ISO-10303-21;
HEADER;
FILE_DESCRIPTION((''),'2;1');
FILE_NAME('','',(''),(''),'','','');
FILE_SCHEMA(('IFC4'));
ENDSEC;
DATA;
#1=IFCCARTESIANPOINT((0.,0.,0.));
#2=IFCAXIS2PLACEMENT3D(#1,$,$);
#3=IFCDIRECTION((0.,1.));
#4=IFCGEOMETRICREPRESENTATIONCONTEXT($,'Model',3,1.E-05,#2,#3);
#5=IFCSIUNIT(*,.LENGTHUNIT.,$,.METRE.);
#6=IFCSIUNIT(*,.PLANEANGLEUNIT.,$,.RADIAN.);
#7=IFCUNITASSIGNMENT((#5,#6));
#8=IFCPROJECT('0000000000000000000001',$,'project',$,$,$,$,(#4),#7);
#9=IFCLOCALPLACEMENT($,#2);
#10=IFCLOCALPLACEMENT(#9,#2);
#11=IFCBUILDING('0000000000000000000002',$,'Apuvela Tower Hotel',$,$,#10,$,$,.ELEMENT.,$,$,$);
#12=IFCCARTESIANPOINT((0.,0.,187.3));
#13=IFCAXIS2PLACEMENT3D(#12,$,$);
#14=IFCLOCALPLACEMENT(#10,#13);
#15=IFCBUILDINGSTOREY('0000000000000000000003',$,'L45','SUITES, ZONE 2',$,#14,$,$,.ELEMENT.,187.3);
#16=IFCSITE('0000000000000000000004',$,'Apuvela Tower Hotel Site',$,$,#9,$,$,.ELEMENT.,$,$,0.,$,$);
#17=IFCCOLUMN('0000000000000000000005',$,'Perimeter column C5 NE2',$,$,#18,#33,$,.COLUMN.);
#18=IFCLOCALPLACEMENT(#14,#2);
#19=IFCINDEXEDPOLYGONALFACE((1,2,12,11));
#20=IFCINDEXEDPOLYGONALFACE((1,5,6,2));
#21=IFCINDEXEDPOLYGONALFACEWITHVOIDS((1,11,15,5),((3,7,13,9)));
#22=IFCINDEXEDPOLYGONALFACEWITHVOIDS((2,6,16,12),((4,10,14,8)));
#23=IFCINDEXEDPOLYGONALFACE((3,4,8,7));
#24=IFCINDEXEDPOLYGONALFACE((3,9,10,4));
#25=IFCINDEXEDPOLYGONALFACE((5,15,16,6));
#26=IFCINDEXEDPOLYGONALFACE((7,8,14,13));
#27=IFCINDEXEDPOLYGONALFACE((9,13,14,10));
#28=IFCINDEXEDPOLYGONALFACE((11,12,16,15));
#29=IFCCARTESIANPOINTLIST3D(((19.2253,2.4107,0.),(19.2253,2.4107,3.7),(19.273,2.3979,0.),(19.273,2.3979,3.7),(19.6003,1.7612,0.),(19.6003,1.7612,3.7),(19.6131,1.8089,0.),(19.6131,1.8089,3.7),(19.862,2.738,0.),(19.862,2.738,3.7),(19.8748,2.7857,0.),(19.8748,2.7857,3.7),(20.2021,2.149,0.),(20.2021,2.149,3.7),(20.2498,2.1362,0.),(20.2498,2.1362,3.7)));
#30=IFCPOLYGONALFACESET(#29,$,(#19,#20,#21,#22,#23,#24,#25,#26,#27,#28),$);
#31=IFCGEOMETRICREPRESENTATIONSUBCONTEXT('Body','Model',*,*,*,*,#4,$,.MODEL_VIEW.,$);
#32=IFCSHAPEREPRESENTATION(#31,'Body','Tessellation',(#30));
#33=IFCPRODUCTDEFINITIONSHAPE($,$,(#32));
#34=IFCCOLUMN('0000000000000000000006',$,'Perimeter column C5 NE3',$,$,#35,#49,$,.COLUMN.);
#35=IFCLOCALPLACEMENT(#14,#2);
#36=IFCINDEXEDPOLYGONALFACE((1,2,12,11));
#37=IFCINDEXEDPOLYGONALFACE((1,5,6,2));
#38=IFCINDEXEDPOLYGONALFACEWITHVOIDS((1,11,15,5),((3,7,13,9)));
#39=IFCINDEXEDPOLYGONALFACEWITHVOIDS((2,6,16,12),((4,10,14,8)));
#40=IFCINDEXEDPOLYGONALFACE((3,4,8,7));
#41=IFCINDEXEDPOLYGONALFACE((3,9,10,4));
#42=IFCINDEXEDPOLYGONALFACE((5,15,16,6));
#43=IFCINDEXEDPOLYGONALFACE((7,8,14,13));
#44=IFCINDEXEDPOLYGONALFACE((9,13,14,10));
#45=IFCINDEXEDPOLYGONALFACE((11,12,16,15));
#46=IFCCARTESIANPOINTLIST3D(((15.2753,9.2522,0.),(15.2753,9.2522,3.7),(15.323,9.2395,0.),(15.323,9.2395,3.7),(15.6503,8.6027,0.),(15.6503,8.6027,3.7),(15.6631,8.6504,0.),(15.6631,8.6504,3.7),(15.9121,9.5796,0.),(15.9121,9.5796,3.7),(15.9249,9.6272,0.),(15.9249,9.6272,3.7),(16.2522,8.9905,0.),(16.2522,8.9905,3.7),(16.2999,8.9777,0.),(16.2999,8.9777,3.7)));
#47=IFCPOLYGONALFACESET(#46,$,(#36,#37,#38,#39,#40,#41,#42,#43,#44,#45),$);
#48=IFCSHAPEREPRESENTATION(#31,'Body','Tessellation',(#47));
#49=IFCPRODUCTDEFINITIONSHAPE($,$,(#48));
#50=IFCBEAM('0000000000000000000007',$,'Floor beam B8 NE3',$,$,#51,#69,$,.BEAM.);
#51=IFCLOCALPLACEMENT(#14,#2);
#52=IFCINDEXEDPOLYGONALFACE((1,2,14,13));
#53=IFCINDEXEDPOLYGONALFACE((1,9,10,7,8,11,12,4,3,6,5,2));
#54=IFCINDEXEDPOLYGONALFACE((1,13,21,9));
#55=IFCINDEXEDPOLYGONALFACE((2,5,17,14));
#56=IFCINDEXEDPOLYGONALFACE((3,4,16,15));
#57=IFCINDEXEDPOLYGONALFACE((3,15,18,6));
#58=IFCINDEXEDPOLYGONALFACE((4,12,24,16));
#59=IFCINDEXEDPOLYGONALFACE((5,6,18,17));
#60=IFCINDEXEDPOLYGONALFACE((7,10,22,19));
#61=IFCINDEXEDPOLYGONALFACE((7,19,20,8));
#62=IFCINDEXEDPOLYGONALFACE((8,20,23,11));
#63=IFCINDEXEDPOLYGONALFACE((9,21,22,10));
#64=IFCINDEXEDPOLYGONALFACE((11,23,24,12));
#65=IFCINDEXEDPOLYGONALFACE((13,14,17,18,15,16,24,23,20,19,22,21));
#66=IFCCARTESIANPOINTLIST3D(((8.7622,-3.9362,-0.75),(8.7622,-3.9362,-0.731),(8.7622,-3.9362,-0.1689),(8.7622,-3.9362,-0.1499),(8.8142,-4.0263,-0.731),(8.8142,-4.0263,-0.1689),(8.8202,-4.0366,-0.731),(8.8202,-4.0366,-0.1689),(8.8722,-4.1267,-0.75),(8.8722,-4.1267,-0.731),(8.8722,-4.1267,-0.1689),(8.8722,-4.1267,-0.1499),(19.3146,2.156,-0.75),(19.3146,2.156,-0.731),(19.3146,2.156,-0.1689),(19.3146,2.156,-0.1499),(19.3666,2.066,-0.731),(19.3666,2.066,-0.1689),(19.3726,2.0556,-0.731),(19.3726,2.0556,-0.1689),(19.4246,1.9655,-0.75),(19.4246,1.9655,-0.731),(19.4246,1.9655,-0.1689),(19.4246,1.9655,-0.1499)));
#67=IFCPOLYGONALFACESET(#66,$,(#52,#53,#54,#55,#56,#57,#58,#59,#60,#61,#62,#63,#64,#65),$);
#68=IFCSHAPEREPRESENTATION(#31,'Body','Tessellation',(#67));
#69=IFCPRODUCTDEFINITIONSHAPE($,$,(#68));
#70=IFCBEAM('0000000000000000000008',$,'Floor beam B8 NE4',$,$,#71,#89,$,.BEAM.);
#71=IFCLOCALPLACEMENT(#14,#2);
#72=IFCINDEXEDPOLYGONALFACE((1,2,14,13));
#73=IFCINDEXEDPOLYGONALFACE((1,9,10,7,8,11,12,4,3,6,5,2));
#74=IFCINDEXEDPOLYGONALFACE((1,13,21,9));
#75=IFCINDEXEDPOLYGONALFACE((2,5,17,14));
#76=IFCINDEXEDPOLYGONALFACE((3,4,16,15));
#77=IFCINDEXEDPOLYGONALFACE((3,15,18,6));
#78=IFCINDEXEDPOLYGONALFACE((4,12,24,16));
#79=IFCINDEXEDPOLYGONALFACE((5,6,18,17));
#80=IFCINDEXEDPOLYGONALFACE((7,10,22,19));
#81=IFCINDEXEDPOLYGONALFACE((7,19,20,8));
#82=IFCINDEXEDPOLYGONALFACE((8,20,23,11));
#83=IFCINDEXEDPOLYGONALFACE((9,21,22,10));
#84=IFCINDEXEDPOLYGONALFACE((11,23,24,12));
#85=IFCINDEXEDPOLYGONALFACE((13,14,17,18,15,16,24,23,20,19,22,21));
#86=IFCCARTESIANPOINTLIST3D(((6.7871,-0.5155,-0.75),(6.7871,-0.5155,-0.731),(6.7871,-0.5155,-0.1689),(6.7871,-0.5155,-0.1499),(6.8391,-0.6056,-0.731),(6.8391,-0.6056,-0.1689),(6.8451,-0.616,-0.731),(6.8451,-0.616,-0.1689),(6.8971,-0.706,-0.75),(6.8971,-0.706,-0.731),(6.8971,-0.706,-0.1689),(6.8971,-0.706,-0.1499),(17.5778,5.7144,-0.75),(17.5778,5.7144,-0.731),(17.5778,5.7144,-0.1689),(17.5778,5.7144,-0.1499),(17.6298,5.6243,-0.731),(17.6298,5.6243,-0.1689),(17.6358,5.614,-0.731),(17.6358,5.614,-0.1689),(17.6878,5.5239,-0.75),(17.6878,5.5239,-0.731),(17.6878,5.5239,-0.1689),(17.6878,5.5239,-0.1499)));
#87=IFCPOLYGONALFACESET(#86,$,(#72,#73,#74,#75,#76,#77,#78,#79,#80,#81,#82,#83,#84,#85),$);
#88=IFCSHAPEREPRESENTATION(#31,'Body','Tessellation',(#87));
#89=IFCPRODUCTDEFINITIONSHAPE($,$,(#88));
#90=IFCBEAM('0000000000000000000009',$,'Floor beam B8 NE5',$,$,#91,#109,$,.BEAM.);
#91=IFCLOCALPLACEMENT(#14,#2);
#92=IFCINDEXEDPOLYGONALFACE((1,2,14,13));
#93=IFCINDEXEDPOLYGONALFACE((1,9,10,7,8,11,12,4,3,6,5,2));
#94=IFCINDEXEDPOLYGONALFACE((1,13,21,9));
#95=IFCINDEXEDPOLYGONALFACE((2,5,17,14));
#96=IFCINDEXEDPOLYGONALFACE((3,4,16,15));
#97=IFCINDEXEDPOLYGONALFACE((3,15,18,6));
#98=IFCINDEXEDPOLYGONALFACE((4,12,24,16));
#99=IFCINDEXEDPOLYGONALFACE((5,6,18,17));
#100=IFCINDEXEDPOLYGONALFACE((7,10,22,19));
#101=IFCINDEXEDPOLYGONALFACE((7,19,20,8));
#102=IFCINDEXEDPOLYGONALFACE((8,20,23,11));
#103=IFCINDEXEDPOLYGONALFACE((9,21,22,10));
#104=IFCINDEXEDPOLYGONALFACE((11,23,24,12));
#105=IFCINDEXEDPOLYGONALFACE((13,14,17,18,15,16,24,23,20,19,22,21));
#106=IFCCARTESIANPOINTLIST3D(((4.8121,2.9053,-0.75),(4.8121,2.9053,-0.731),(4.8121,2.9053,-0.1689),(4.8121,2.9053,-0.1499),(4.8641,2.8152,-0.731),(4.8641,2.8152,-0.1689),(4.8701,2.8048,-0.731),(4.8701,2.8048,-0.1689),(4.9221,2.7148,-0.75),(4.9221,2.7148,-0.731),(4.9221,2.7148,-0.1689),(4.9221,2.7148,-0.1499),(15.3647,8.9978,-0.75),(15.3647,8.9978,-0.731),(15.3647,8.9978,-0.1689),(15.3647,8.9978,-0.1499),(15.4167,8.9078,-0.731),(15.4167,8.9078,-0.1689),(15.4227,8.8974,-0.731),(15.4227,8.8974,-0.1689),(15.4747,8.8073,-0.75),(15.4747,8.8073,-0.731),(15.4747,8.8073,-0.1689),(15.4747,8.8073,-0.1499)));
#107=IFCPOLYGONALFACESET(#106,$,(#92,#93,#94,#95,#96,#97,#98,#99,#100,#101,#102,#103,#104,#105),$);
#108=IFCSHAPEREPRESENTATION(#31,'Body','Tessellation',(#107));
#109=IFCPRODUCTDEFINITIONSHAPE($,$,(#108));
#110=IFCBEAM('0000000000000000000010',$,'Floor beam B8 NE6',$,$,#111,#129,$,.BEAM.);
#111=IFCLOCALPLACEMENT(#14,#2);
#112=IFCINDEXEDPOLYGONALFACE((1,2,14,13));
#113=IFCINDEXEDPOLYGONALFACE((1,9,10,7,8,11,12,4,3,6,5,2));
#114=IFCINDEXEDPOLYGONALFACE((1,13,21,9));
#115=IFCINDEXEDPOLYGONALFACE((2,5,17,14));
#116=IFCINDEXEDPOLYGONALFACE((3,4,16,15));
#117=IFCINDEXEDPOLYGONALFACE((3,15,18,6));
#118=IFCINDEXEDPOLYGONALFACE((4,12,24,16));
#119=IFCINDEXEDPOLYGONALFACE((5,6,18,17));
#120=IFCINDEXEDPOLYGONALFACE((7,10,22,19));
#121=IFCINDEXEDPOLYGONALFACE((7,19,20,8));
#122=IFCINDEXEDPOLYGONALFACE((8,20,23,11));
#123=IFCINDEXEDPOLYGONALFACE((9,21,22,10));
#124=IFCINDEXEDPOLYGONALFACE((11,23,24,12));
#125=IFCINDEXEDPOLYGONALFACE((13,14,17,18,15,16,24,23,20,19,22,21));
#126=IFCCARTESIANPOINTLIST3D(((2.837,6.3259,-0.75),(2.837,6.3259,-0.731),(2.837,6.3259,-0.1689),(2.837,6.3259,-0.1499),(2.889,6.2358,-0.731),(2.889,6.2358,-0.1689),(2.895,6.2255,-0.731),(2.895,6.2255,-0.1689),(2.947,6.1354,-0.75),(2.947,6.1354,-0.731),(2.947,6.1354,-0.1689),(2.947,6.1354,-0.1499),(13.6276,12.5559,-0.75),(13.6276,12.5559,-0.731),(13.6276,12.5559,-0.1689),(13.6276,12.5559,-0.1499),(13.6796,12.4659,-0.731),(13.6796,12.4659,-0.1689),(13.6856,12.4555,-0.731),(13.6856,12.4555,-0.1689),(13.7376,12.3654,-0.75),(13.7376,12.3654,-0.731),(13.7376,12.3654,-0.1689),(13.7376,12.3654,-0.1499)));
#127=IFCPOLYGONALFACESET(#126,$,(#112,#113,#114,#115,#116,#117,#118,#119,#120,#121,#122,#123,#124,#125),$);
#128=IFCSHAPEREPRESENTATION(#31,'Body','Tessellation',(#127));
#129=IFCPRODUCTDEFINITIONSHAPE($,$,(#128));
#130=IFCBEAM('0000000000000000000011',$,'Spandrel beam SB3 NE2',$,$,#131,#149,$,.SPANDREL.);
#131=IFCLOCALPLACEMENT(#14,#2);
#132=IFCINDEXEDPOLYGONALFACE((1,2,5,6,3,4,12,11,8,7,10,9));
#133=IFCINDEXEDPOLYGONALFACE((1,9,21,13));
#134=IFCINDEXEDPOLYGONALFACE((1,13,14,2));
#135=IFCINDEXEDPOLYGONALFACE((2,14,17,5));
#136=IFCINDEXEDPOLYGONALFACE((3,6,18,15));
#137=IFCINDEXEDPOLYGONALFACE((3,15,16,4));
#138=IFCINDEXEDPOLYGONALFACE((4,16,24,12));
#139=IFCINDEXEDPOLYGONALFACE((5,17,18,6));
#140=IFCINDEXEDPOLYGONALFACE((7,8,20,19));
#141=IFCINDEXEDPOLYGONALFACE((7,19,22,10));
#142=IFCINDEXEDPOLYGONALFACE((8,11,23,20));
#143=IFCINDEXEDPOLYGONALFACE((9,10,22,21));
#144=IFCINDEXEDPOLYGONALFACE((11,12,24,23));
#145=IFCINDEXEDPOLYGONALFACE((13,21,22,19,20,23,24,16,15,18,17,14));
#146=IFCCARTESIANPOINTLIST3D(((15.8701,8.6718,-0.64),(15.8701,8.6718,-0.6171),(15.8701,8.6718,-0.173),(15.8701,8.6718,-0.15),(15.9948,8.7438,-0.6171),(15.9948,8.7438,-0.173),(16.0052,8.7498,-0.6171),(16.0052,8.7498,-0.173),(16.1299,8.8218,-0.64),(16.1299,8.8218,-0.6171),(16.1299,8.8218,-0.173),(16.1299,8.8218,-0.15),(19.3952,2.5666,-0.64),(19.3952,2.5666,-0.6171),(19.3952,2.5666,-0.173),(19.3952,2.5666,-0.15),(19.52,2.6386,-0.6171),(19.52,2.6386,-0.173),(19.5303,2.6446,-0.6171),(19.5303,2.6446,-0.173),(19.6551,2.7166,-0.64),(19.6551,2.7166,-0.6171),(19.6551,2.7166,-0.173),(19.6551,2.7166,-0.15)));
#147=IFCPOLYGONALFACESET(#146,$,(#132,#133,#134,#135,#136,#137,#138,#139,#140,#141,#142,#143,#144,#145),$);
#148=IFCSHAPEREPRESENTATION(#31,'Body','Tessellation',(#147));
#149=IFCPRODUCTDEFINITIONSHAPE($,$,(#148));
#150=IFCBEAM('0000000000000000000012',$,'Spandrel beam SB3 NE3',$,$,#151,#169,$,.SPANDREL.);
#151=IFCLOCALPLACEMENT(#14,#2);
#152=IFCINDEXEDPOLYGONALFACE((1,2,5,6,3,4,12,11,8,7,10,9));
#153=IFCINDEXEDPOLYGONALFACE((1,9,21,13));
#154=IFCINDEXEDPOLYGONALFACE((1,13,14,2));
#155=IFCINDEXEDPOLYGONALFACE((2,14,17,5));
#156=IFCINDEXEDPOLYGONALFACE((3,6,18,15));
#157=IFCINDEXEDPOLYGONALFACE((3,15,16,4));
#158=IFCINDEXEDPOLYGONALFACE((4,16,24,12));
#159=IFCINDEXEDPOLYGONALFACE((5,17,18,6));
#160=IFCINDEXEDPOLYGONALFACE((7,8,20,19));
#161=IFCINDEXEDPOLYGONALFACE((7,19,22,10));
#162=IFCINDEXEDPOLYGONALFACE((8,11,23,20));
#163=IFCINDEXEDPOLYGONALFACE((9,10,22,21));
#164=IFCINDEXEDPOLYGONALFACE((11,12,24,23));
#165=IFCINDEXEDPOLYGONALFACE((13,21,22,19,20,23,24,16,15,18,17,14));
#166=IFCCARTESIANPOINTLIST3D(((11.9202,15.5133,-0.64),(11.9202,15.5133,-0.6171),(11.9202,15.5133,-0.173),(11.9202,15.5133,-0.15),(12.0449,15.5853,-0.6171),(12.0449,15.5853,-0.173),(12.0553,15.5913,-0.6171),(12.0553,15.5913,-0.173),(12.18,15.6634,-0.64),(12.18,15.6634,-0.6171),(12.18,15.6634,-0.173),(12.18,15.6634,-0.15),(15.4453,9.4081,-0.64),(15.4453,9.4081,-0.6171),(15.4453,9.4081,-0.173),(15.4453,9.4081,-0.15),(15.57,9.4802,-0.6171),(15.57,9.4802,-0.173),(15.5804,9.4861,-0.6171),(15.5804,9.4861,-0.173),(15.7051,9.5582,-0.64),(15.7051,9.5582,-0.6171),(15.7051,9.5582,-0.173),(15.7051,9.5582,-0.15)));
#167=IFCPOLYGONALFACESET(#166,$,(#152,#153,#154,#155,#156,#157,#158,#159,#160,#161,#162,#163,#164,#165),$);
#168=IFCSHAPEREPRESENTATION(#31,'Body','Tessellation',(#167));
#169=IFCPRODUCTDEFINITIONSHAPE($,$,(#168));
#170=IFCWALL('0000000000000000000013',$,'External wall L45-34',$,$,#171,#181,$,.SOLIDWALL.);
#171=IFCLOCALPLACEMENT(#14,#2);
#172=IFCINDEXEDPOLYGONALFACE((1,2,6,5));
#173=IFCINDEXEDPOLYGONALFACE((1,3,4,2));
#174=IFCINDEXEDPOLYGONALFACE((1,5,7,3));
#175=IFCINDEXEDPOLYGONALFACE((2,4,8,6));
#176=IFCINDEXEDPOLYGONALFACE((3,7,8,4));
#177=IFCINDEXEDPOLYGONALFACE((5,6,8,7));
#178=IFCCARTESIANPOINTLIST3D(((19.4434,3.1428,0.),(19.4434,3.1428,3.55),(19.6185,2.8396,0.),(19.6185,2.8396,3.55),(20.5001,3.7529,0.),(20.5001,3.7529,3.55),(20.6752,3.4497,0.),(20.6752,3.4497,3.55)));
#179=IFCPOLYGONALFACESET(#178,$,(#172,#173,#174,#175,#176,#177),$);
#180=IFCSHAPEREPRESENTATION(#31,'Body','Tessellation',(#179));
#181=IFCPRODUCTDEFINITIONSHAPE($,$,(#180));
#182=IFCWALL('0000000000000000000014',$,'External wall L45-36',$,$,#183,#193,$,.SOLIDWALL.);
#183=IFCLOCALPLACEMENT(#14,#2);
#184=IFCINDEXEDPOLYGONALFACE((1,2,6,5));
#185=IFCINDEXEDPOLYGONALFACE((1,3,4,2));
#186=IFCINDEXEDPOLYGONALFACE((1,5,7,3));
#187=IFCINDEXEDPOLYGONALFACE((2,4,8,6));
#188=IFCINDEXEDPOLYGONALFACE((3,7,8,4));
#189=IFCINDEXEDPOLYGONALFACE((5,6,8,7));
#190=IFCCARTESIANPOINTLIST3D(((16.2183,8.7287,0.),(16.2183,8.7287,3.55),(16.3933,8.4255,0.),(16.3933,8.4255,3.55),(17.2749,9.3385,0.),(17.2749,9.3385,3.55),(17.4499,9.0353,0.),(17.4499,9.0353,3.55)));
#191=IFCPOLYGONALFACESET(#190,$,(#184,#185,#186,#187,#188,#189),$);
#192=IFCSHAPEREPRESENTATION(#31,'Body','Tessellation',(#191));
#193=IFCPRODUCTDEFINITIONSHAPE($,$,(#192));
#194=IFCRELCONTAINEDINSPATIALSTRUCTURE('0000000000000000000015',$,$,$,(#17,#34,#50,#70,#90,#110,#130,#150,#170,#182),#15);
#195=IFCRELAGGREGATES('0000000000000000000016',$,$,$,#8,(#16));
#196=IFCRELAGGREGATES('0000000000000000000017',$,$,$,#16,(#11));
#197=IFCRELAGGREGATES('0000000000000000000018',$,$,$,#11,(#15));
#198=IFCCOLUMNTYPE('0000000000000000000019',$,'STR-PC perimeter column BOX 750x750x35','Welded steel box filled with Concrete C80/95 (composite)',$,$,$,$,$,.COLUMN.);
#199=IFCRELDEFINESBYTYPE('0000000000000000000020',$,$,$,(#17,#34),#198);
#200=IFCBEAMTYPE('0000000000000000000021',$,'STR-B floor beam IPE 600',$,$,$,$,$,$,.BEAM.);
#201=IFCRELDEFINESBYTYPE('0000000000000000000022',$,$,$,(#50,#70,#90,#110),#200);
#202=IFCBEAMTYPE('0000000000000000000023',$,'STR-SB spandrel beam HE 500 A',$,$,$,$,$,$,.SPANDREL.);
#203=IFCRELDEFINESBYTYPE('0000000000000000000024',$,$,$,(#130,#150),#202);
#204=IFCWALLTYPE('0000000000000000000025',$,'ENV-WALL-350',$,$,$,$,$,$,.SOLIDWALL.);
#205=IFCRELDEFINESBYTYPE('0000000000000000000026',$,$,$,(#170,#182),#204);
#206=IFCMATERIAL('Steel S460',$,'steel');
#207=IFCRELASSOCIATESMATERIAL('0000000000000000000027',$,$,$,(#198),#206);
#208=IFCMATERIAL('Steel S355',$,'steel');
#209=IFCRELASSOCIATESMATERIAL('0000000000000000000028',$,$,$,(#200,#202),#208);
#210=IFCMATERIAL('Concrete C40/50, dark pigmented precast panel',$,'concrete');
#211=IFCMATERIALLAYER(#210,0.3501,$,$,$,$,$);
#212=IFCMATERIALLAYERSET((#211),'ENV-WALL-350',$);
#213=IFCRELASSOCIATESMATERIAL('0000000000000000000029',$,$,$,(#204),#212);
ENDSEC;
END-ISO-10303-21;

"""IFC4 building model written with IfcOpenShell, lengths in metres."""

from ifc_helpers import new_model, si_unit, direction, frame, frame_2d, origin, origin_2d, place, context, subcontext, project, spatial, rectangle, hollow_rectangle, i_section, extrude, material, layer, layer_set, material_profile, profile_set, type_object, element, save


model = new_model("IFC4")

# Units and contexts
model_context = context("Model", 3, precision=1e-05, world=origin(), true_north=direction((0.0, 1.0)))
body_context = subcontext(model_context, "Body", "Model", "MODEL_VIEW")
ifc_project = project(units=[si_unit("LENGTHUNIT", "METRE"), si_unit("PLANEANGLEUNIT", "RADIAN")], contexts=[model_context])

# Site, building, storey
site_placement = place(None, origin())
site = spatial("IfcSite", under=ifc_project, at=site_placement, Name="Apuvela Tower Hotel Site", CompositionType="ELEMENT", RefElevation=0.0)
building_placement = place(site_placement, origin())
building = spatial("IfcBuilding", under=site, at=building_placement, Name="Apuvela Tower Hotel", CompositionType="ELEMENT")
storey_placement = place(building_placement, frame((0.0, 0.0, 187.3)))
storey = spatial("IfcBuildingStorey", under=building, at=storey_placement, Name="L45", Description="SUITES, ZONE 2", CompositionType="ELEMENT", Elevation=187.3)

# Columns
ifc_material_1 = material(Name="Steel S460", Category="steel")
ifc_material_profile_1 = material_profile(ifc_material_1, hollow_rectangle(XDim=0.75, YDim=0.75, WallThickness=0.0349, at=origin_2d()), Name="BOX 750x750x35")
ifc_material_2 = material(Name="Concrete C80/95", Category="concrete")
ifc_material_profile_2 = material_profile(ifc_material_2, rectangle(XDim=0.6799, YDim=0.6799, at=origin_2d()), Name="Concrete C80/95 infill")
ifc_profile_set_1 = profile_set([ifc_material_profile_1, ifc_material_profile_2], Name="Steel S460")
column_type = type_object("IfcColumnType", Name="STR-PC perimeter column BOX 750x750x35", Description="Welded steel box filled with Concrete C80/95 (composite)", PredefinedType="COLUMN", material=ifc_profile_set_1)
for number, where, z_axis, x_axis, name in (
    (1, (19.7375, 2.2734, 0.0), (0.0, 0.0, 1.0), (-0.5, 0.866025, 0.0), "Perimeter column C5 NE2"),
    (2, (15.7876, 9.115, 0.0), (0.0, 0.0, 1.0), (-0.5, 0.866025, 0.0), "Perimeter column C5 NE3"),
):
    element("IfcColumn", number, at=place(storey_placement, frame(where, z_axis=z_axis, x_axis=x_axis)), inside=storey, type_object=column_type, Name=name, PredefinedType="COLUMN", context=body_context, shape_type="SweptSolid", body=[
        extrude(hollow_rectangle(XDim=0.75, YDim=0.75, WallThickness=0.0349, at=origin_2d()), origin(), (0.0, 0.0, 1.0), 3.7),
    ])

# Beams
ifc_material_3 = material(Name="Steel S355", Category="steel")
ifc_material_profile_3 = material_profile(ifc_material_3, i_section(OverallWidth=0.22, OverallDepth=0.6001, WebThickness=0.012, FlangeThickness=0.019, at=origin_2d()), Name="IPE 600")
ifc_profile_set_2 = profile_set([ifc_material_profile_3], Name="Steel S355")
beam_type_1 = type_object("IfcBeamType", Name="STR-B floor beam IPE 600", PredefinedType="BEAM", material=ifc_profile_set_2)
beam_1_placement = place(storey_placement, frame((19.3696, 2.0608, -0.45), z_axis=(-0.866032, -0.499988, 0.0), x_axis=(0.499988, -0.866032, 0.0)))
element("IfcBeam", 3, at=beam_1_placement, inside=storey, type_object=beam_type_1, Name="Floor beam B8 NE3", PredefinedType="BEAM", context=body_context, shape_type="SweptSolid", body=[
    extrude(i_section(OverallWidth=0.22, OverallDepth=0.6001, WebThickness=0.012, FlangeThickness=0.019, at=origin_2d()), origin(), (0.0, 0.0, 1.0), 12.1848),
])
beam_2_placement = place(storey_placement, frame((17.6328, 5.6191, -0.45), z_axis=(-0.866028, -0.499996, 0.0), x_axis=(0.499996, -0.866028, 0.0)))
element("IfcBeam", 4, at=beam_2_placement, inside=storey, type_object=beam_type_1, Name="Floor beam B8 NE4", PredefinedType="BEAM", context=body_context, shape_type="SweptSolid", body=[
    extrude(i_section(OverallWidth=0.22, OverallDepth=0.6001, WebThickness=0.012, FlangeThickness=0.019, at=origin_2d()), origin(), (0.0, 0.0, 1.0), 12.46),
])
beam_3_placement = place(storey_placement, frame((15.4197, 8.9026, -0.45), z_axis=(-0.866024, -0.500003, 0.0), x_axis=(0.500003, -0.866024, 0.0)))
element("IfcBeam", 5, at=beam_3_placement, inside=storey, type_object=beam_type_1, Name="Floor beam B8 NE5", PredefinedType="BEAM", context=body_context, shape_type="SweptSolid", body=[
    extrude(i_section(OverallWidth=0.22, OverallDepth=0.6001, WebThickness=0.012, FlangeThickness=0.019, at=origin_2d()), origin(), (0.0, 0.0, 1.0), 12.1851),
])
beam_4_placement = place(storey_placement, frame((13.6826, 12.4607, -0.45), z_axis=(-0.866023, -0.500004, 0.0), x_axis=(0.500004, -0.866023, 0.0)))
element("IfcBeam", 6, at=beam_4_placement, inside=storey, type_object=beam_type_1, Name="Floor beam B8 NE6", PredefinedType="BEAM", context=body_context, shape_type="SweptSolid", body=[
    extrude(i_section(OverallWidth=0.22, OverallDepth=0.6001, WebThickness=0.012, FlangeThickness=0.019, at=origin_2d()), origin(), (0.0, 0.0, 1.0), 12.46),
])
ifc_material_profile_4 = material_profile(ifc_material_3, i_section(OverallWidth=0.3, OverallDepth=0.49, WebThickness=0.012, FlangeThickness=0.0229, at=origin_2d()), Name="HE 500 A")
ifc_profile_set_3 = profile_set([ifc_material_profile_4], Name="Steel S355")
beam_type_2 = type_object("IfcBeamType", Name="STR-SB spandrel beam HE 500 A", PredefinedType="SPANDREL", material=ifc_profile_set_3)
for number, where, z_axis, x_axis, name in (
    (7, (19.5251, 2.6416, -0.395), (-0.500031, 0.866007, 0.0), (-0.866007, -0.500031, 0.0), "Spandrel beam SB3 NE2"),
    (8, (15.5752, 9.4832, -0.395), (-0.500031, 0.866007, 0.0), (-0.866007, -0.500031, 0.0), "Spandrel beam SB3 NE3"),
):
    element("IfcBeam", number, at=place(storey_placement, frame(where, z_axis=z_axis, x_axis=x_axis)), inside=storey, type_object=beam_type_2, Name=name, PredefinedType="SPANDREL", context=body_context, shape_type="SweptSolid", body=[
        extrude(i_section(OverallWidth=0.3, OverallDepth=0.49, WebThickness=0.012, FlangeThickness=0.0229, at=origin_2d()), origin(), (0.0, 0.0, 1.0), 7.0498),
    ])

# Wall
ifc_material_4 = material(Name="Concrete C40/50, dark pigmented precast panel", Category="concrete")
ifc_layer_1 = layer(ifc_material_4, 0.3501)
ifc_layer_set_1 = layer_set([ifc_layer_1], Name="ENV-WALL-350")
wall_type_1 = type_object("IfcWallType", Name="ENV-WALL-350", PredefinedType="SOLIDWALL", material=ifc_layer_set_1)
wall_1_placement = place(storey_placement, frame((20.5876, 3.6013, 0.0), z_axis=(0.0, 0.0, 1.0), x_axis=(-0.866006, -0.500034, 0.0)))
element("IfcWall", 9, at=wall_1_placement, inside=storey, type_object=wall_type_1, Name="External wall L45-34", PredefinedType="SOLIDWALL", context=body_context, shape_type="SweptSolid", body=[
    extrude(rectangle(XDim=1.2202, YDim=0.3501, at=frame_2d((0.6101, 0.0))), origin(), (0.0, 0.0, 1.0), 3.55),
])

# Wall
wall_2_placement = place(storey_placement, frame((16.3059, 8.5771, 0.0), z_axis=(0.0, 0.0, 1.0), x_axis=(0.866092, 0.499884, 0.0)))
element("IfcWall", 10, at=wall_2_placement, inside=storey, type_object=wall_type_1, Name="External wall L45-36", PredefinedType="SOLIDWALL", context=body_context, shape_type="SweptSolid", body=[
    extrude(rectangle(XDim=1.22, YDim=0.3501, at=frame_2d((0.6099, 0.0))), origin(), (0.0, 0.0, 1.0), 3.55),
])

save(model, "model.ifc")
